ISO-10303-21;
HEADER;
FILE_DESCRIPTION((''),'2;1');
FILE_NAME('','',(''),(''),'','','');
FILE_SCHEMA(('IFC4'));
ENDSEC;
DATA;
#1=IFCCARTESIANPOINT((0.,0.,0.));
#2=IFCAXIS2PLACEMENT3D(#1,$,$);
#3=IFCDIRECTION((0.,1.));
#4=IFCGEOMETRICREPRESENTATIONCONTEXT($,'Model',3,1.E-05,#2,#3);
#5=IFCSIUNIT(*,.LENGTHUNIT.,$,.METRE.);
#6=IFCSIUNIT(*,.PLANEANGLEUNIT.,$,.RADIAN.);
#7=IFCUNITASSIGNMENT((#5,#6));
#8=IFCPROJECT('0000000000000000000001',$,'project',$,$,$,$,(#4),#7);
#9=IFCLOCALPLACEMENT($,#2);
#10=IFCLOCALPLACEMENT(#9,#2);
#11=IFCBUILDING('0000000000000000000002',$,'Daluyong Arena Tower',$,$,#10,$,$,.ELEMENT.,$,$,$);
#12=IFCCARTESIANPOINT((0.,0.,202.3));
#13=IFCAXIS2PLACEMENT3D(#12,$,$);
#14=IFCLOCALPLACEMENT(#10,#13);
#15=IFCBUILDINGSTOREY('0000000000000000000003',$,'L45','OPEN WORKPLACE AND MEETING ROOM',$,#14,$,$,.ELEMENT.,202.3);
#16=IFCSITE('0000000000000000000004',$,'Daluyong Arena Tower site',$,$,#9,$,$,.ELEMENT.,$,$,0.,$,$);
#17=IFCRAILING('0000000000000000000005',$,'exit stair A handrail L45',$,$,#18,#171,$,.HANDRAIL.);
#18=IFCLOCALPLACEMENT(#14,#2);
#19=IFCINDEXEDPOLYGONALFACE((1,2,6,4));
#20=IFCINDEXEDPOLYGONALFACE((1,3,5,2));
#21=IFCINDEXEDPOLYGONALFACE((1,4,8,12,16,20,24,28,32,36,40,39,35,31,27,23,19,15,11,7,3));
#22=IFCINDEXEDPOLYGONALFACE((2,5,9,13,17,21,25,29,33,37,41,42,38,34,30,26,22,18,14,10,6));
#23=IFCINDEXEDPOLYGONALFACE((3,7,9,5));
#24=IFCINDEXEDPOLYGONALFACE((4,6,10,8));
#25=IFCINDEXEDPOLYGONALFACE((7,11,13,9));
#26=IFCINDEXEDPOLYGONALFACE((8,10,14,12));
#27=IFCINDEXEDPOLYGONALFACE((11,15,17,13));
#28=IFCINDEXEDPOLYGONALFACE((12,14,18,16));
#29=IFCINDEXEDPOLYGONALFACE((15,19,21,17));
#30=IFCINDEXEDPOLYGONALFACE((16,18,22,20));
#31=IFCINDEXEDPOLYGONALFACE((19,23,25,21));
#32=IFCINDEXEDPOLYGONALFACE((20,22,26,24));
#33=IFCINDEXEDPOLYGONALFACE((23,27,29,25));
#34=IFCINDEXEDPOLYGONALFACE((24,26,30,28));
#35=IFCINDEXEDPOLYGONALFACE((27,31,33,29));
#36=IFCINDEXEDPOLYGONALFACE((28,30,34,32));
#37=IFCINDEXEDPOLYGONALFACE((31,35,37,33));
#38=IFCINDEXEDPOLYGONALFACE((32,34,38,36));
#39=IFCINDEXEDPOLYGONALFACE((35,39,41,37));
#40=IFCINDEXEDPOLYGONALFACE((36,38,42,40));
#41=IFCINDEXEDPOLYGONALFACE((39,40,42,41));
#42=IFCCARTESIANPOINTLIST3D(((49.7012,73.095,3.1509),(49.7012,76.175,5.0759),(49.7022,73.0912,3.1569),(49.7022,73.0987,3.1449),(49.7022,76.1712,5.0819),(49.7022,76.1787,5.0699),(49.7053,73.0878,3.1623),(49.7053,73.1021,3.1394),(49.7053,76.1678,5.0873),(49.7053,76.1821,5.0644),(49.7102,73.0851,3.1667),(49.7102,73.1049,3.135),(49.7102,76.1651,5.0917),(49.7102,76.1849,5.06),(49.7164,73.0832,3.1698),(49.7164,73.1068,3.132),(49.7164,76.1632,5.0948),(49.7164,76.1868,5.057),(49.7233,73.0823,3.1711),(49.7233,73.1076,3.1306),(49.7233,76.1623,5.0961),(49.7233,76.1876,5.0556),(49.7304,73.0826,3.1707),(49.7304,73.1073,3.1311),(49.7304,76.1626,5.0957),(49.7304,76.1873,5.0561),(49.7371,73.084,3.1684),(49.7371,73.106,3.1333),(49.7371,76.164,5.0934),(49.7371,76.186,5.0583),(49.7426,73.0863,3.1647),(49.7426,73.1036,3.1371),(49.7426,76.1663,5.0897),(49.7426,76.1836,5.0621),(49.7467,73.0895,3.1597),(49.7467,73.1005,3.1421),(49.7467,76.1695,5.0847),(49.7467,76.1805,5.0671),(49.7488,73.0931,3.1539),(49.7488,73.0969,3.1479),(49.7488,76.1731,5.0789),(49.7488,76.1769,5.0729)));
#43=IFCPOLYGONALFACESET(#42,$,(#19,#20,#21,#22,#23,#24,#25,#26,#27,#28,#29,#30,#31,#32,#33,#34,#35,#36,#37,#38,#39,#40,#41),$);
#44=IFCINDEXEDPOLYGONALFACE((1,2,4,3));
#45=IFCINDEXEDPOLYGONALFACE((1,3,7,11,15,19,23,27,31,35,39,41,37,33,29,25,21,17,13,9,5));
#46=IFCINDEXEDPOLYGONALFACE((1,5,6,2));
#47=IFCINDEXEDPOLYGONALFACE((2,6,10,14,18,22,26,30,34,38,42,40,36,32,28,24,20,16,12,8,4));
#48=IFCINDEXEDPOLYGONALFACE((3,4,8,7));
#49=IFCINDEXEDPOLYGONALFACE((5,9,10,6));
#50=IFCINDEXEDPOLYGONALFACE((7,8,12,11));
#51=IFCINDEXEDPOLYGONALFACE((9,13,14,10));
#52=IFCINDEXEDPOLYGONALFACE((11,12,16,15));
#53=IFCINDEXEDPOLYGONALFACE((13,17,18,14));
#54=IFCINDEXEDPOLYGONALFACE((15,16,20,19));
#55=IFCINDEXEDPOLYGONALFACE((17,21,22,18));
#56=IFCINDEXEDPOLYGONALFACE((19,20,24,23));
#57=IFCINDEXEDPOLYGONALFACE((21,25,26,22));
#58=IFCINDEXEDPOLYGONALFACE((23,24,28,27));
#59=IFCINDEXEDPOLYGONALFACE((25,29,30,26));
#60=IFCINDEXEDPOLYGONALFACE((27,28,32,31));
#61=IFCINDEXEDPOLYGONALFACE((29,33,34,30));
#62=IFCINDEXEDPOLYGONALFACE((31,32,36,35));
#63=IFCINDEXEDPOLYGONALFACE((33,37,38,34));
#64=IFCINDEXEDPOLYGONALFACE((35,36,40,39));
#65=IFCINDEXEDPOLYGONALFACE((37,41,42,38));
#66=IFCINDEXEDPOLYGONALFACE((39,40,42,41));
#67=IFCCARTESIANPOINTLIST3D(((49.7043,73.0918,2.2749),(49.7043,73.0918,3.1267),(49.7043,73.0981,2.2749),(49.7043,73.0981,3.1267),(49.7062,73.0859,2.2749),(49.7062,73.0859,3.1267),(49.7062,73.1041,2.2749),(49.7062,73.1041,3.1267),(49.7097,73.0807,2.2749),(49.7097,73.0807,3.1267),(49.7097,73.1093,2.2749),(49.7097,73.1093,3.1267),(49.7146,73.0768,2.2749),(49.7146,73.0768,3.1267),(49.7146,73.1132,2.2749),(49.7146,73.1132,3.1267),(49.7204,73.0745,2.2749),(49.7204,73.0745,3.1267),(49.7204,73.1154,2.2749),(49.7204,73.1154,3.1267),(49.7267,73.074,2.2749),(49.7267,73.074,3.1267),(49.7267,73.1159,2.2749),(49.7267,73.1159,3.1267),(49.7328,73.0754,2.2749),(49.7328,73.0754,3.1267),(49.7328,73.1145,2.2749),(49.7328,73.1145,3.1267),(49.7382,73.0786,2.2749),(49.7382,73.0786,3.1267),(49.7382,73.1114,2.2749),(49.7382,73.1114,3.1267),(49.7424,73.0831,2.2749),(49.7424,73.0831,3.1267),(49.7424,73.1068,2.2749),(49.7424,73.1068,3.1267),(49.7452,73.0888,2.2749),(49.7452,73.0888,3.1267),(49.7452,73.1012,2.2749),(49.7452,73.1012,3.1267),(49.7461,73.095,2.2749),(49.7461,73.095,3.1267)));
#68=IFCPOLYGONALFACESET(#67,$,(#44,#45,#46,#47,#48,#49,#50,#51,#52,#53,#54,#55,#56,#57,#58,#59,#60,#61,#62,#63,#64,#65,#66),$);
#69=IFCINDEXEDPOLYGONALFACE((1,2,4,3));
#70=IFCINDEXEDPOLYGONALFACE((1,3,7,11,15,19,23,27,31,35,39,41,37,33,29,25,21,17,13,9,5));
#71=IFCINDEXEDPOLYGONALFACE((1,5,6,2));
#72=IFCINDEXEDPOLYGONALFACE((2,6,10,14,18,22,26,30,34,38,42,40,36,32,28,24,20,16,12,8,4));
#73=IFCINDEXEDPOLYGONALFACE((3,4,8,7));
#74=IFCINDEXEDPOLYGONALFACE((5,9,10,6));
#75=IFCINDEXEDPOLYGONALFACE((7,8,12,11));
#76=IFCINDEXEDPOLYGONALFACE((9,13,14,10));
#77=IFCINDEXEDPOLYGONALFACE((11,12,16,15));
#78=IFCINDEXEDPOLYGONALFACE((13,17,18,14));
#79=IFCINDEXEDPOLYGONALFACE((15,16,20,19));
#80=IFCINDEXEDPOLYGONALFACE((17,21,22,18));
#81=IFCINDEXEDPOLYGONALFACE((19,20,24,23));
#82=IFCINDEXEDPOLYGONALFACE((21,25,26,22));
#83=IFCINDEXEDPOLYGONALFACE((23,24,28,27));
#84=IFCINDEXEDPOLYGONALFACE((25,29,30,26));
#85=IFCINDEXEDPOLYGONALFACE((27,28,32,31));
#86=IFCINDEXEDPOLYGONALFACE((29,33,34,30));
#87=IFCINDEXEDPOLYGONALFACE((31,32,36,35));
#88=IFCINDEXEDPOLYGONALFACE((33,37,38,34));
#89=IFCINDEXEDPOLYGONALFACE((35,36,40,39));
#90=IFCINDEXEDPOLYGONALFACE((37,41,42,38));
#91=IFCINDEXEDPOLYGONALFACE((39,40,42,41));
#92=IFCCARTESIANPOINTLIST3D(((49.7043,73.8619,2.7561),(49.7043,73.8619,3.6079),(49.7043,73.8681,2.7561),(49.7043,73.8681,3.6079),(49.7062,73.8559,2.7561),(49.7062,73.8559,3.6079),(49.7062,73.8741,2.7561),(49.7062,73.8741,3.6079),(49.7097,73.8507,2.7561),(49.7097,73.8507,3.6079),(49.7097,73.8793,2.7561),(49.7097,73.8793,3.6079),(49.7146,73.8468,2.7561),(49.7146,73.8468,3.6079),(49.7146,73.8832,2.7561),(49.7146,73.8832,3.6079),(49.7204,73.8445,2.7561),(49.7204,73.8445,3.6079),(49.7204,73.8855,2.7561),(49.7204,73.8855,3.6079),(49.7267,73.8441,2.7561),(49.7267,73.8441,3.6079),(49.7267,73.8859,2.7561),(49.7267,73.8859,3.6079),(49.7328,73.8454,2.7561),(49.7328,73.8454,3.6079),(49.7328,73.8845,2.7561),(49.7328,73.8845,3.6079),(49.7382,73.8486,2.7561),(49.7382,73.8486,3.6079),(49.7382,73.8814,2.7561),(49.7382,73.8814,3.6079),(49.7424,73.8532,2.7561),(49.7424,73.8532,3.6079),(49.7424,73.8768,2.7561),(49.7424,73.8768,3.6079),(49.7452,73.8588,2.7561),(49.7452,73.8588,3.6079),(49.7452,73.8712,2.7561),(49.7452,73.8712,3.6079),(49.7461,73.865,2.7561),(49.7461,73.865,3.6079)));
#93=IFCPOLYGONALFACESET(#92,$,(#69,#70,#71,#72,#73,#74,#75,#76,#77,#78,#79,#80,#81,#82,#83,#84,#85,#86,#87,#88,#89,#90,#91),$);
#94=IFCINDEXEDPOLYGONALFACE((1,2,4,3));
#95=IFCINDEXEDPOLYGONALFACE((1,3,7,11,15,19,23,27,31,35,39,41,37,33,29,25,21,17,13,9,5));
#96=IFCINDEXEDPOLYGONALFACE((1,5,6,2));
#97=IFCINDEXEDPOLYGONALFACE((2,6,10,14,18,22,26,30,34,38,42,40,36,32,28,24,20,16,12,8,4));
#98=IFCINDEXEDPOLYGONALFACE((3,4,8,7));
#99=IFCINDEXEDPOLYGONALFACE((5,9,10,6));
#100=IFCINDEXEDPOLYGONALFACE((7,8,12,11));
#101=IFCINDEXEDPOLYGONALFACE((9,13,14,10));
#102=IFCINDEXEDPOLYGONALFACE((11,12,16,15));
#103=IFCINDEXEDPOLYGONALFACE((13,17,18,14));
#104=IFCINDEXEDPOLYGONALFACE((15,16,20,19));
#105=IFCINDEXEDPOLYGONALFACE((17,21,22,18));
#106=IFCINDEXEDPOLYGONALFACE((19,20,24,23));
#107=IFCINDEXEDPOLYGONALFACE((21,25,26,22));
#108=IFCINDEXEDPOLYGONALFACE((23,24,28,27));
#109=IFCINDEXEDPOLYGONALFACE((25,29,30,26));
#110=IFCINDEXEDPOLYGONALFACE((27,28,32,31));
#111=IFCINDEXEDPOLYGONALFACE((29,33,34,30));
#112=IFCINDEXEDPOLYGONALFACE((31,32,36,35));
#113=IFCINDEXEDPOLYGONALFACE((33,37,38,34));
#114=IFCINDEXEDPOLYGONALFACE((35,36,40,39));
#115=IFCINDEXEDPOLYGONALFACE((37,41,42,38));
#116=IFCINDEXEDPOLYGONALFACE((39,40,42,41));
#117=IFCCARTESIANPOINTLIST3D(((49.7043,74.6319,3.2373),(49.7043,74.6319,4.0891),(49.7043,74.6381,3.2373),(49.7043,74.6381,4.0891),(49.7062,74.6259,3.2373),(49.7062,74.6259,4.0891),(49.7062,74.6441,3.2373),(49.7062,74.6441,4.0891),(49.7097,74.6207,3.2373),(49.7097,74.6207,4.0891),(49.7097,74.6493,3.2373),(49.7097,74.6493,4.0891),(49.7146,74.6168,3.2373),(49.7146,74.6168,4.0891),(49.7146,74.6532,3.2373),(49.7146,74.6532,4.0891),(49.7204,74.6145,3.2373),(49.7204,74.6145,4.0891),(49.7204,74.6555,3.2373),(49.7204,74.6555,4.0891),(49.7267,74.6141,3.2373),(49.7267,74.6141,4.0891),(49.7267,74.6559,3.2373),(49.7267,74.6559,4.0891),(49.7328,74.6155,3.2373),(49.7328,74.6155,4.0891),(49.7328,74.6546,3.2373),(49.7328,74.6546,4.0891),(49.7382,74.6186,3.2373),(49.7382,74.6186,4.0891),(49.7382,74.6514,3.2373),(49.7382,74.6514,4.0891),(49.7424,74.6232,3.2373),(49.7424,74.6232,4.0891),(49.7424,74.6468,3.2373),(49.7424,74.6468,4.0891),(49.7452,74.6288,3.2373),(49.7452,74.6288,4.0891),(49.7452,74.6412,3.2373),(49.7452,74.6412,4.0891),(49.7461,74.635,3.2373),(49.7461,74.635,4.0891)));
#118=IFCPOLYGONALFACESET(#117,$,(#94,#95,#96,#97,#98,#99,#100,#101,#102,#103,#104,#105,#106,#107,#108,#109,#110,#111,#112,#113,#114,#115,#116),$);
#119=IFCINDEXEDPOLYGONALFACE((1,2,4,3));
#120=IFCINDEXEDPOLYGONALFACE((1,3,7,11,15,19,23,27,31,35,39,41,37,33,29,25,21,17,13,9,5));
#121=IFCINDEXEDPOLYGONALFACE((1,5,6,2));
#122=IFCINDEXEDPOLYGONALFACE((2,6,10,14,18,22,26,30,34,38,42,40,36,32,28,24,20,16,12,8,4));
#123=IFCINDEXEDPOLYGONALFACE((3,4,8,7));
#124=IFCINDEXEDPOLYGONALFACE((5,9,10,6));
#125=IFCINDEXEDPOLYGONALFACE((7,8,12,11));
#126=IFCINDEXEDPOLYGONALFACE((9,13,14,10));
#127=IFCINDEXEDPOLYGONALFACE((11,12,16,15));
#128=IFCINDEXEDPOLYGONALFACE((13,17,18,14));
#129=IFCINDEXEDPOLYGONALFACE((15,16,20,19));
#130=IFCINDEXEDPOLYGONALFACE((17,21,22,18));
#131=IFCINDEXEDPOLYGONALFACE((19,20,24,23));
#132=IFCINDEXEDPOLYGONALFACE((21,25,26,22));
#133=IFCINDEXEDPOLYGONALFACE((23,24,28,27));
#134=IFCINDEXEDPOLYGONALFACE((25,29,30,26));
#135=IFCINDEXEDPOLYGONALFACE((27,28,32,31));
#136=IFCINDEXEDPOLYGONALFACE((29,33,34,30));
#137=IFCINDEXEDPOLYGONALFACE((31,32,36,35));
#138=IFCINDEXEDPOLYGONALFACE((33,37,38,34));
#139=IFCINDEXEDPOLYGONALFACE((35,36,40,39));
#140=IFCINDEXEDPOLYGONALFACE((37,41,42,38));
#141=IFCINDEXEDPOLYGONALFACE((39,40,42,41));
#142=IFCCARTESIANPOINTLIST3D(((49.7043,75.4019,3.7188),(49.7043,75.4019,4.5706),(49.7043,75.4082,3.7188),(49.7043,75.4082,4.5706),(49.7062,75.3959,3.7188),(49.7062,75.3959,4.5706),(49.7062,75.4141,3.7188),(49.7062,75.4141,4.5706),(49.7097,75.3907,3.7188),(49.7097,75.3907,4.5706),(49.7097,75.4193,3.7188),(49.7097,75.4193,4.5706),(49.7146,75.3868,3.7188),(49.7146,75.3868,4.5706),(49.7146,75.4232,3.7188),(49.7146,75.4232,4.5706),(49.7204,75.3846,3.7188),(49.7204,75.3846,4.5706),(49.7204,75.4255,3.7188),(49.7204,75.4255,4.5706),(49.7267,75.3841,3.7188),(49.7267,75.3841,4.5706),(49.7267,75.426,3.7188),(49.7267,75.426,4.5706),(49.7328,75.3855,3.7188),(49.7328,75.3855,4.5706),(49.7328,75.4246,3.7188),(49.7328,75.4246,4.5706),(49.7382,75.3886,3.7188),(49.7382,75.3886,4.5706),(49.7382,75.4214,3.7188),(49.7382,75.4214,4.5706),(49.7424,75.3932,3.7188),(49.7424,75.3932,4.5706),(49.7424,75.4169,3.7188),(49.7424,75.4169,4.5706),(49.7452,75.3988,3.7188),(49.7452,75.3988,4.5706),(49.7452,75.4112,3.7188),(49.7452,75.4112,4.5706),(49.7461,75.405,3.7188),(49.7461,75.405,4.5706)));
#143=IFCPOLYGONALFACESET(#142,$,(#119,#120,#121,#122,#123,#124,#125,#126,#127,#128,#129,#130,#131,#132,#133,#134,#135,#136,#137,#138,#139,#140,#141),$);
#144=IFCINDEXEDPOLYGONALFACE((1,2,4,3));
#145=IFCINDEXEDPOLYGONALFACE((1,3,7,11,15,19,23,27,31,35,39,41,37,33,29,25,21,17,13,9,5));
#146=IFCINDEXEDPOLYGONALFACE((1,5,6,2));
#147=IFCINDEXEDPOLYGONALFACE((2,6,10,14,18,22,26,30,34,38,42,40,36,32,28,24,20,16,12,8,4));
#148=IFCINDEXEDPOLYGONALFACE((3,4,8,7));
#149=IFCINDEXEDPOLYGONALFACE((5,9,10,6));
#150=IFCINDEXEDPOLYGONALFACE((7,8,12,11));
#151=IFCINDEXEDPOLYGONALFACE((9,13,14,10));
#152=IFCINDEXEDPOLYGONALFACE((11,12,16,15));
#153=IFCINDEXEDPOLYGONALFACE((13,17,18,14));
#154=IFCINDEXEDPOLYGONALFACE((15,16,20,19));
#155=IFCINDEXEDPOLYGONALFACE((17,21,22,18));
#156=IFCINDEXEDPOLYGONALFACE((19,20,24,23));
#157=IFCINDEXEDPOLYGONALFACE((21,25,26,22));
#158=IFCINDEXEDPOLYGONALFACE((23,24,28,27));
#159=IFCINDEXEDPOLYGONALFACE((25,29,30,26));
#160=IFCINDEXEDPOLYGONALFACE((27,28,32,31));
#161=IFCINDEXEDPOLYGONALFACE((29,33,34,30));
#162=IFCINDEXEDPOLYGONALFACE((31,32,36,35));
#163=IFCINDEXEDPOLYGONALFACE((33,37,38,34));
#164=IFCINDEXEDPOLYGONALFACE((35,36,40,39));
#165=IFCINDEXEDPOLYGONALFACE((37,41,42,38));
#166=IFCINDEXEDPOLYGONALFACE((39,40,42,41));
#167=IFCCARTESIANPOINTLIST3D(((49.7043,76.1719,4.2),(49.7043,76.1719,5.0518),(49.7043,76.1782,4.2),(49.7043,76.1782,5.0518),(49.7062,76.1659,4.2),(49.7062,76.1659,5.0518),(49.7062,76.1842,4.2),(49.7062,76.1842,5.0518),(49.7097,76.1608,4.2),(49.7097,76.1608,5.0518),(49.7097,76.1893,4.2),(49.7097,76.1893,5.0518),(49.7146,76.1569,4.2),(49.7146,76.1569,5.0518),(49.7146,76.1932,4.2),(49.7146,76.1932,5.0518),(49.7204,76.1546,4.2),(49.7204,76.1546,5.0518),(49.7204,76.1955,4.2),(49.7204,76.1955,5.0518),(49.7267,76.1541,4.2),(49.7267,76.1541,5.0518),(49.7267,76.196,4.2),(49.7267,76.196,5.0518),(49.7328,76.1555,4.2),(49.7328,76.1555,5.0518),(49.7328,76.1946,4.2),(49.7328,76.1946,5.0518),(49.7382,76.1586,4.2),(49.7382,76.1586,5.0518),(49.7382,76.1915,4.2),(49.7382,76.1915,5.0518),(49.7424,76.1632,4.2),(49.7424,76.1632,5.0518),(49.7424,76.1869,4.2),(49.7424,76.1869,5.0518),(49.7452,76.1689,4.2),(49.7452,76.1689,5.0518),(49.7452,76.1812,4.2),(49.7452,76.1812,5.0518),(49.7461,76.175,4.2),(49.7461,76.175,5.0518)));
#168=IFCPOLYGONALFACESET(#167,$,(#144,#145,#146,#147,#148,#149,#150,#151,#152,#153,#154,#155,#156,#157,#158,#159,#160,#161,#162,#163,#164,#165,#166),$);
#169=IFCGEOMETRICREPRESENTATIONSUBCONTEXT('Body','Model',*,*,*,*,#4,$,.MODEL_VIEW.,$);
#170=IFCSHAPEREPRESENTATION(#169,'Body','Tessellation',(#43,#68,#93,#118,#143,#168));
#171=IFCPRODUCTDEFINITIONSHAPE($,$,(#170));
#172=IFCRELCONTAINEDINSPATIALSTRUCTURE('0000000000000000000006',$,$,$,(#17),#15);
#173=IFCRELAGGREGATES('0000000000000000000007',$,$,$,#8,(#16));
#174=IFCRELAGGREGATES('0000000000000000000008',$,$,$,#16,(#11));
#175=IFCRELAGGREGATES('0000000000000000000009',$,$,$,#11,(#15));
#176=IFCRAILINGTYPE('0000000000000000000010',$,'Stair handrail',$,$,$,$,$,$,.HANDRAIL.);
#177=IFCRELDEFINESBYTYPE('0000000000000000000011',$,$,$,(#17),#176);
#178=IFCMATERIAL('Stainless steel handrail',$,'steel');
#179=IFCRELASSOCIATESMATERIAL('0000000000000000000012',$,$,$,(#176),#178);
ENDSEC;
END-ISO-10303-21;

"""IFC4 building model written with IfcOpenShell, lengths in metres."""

from ifc_helpers import new_model, si_unit, direction, frame, origin, origin_2d, place, context, subcontext, project, spatial, circle, extrude, material, type_object, element, save


model = new_model("IFC4")

# Units and contexts
model_context = context("Model", 3, precision=1e-05, world=origin(), true_north=direction((0.0, 1.0)))
body_context = subcontext(model_context, "Body", "Model", "MODEL_VIEW")
ifc_project = project(units=[si_unit("LENGTHUNIT", "METRE"), si_unit("PLANEANGLEUNIT", "RADIAN")], contexts=[model_context])

# Site, building, storey
site_placement = place(None, origin())
site = spatial("IfcSite", under=ifc_project, at=site_placement, Name="Daluyong Arena Tower site", CompositionType="ELEMENT", RefElevation=0.0)
building_placement = place(site_placement, origin())
building = spatial("IfcBuilding", under=site, at=building_placement, Name="Daluyong Arena Tower", CompositionType="ELEMENT")
storey_placement = place(building_placement, frame((0.0, 0.0, 202.3)))
storey = spatial("IfcBuildingStorey", under=building, at=storey_placement, Name="L45", Description="OPEN WORKPLACE AND MEETING ROOM", CompositionType="ELEMENT", Elevation=202.3)

# Railing
ifc_material_1 = material(Name="Stainless steel handrail", Category="steel")
railing_type_1 = type_object("IfcRailingType", Name="Stair handrail", PredefinedType="HANDRAIL", material=ifc_material_1)
railing_1_placement = place(storey_placement, frame((49.7251, 73.095, 2.2749)))
element("IfcRailing", 1, at=railing_1_placement, inside=storey, type_object=railing_type_1, Name="exit stair A handrail L45", PredefinedType="HANDRAIL", context=body_context, shape_type="SweptSolid", body=[
    extrude(circle(Radius=0.0239, at=origin_2d()), frame((0.0, 0.0, 0.876), z_axis=(0.0, 0.847998, 0.529999), x_axis=(-1.0, 0.0, 0.0)), (0.0, 0.0, 1.0), 3.6321),
    extrude(circle(Radius=0.021, at=origin_2d()), origin(), (0.0, 0.0, 1.0), 0.8518),
    extrude(circle(Radius=0.021, at=origin_2d()), frame((0.0, 0.77, 0.4812)), (0.0, 0.0, 1.0), 0.8518),
    extrude(circle(Radius=0.021, at=origin_2d()), frame((0.0, 1.54, 0.9624)), (0.0, 0.0, 1.0), 0.8518),
    extrude(circle(Radius=0.021, at=origin_2d()), frame((0.0, 2.3101, 1.4438)), (0.0, 0.0, 1.0), 0.8518),
    extrude(circle(Radius=0.021, at=origin_2d()), frame((0.0, 3.0801, 1.925)), (0.0, 0.0, 1.0), 0.8518),
])

save(model, "model.ifc")
